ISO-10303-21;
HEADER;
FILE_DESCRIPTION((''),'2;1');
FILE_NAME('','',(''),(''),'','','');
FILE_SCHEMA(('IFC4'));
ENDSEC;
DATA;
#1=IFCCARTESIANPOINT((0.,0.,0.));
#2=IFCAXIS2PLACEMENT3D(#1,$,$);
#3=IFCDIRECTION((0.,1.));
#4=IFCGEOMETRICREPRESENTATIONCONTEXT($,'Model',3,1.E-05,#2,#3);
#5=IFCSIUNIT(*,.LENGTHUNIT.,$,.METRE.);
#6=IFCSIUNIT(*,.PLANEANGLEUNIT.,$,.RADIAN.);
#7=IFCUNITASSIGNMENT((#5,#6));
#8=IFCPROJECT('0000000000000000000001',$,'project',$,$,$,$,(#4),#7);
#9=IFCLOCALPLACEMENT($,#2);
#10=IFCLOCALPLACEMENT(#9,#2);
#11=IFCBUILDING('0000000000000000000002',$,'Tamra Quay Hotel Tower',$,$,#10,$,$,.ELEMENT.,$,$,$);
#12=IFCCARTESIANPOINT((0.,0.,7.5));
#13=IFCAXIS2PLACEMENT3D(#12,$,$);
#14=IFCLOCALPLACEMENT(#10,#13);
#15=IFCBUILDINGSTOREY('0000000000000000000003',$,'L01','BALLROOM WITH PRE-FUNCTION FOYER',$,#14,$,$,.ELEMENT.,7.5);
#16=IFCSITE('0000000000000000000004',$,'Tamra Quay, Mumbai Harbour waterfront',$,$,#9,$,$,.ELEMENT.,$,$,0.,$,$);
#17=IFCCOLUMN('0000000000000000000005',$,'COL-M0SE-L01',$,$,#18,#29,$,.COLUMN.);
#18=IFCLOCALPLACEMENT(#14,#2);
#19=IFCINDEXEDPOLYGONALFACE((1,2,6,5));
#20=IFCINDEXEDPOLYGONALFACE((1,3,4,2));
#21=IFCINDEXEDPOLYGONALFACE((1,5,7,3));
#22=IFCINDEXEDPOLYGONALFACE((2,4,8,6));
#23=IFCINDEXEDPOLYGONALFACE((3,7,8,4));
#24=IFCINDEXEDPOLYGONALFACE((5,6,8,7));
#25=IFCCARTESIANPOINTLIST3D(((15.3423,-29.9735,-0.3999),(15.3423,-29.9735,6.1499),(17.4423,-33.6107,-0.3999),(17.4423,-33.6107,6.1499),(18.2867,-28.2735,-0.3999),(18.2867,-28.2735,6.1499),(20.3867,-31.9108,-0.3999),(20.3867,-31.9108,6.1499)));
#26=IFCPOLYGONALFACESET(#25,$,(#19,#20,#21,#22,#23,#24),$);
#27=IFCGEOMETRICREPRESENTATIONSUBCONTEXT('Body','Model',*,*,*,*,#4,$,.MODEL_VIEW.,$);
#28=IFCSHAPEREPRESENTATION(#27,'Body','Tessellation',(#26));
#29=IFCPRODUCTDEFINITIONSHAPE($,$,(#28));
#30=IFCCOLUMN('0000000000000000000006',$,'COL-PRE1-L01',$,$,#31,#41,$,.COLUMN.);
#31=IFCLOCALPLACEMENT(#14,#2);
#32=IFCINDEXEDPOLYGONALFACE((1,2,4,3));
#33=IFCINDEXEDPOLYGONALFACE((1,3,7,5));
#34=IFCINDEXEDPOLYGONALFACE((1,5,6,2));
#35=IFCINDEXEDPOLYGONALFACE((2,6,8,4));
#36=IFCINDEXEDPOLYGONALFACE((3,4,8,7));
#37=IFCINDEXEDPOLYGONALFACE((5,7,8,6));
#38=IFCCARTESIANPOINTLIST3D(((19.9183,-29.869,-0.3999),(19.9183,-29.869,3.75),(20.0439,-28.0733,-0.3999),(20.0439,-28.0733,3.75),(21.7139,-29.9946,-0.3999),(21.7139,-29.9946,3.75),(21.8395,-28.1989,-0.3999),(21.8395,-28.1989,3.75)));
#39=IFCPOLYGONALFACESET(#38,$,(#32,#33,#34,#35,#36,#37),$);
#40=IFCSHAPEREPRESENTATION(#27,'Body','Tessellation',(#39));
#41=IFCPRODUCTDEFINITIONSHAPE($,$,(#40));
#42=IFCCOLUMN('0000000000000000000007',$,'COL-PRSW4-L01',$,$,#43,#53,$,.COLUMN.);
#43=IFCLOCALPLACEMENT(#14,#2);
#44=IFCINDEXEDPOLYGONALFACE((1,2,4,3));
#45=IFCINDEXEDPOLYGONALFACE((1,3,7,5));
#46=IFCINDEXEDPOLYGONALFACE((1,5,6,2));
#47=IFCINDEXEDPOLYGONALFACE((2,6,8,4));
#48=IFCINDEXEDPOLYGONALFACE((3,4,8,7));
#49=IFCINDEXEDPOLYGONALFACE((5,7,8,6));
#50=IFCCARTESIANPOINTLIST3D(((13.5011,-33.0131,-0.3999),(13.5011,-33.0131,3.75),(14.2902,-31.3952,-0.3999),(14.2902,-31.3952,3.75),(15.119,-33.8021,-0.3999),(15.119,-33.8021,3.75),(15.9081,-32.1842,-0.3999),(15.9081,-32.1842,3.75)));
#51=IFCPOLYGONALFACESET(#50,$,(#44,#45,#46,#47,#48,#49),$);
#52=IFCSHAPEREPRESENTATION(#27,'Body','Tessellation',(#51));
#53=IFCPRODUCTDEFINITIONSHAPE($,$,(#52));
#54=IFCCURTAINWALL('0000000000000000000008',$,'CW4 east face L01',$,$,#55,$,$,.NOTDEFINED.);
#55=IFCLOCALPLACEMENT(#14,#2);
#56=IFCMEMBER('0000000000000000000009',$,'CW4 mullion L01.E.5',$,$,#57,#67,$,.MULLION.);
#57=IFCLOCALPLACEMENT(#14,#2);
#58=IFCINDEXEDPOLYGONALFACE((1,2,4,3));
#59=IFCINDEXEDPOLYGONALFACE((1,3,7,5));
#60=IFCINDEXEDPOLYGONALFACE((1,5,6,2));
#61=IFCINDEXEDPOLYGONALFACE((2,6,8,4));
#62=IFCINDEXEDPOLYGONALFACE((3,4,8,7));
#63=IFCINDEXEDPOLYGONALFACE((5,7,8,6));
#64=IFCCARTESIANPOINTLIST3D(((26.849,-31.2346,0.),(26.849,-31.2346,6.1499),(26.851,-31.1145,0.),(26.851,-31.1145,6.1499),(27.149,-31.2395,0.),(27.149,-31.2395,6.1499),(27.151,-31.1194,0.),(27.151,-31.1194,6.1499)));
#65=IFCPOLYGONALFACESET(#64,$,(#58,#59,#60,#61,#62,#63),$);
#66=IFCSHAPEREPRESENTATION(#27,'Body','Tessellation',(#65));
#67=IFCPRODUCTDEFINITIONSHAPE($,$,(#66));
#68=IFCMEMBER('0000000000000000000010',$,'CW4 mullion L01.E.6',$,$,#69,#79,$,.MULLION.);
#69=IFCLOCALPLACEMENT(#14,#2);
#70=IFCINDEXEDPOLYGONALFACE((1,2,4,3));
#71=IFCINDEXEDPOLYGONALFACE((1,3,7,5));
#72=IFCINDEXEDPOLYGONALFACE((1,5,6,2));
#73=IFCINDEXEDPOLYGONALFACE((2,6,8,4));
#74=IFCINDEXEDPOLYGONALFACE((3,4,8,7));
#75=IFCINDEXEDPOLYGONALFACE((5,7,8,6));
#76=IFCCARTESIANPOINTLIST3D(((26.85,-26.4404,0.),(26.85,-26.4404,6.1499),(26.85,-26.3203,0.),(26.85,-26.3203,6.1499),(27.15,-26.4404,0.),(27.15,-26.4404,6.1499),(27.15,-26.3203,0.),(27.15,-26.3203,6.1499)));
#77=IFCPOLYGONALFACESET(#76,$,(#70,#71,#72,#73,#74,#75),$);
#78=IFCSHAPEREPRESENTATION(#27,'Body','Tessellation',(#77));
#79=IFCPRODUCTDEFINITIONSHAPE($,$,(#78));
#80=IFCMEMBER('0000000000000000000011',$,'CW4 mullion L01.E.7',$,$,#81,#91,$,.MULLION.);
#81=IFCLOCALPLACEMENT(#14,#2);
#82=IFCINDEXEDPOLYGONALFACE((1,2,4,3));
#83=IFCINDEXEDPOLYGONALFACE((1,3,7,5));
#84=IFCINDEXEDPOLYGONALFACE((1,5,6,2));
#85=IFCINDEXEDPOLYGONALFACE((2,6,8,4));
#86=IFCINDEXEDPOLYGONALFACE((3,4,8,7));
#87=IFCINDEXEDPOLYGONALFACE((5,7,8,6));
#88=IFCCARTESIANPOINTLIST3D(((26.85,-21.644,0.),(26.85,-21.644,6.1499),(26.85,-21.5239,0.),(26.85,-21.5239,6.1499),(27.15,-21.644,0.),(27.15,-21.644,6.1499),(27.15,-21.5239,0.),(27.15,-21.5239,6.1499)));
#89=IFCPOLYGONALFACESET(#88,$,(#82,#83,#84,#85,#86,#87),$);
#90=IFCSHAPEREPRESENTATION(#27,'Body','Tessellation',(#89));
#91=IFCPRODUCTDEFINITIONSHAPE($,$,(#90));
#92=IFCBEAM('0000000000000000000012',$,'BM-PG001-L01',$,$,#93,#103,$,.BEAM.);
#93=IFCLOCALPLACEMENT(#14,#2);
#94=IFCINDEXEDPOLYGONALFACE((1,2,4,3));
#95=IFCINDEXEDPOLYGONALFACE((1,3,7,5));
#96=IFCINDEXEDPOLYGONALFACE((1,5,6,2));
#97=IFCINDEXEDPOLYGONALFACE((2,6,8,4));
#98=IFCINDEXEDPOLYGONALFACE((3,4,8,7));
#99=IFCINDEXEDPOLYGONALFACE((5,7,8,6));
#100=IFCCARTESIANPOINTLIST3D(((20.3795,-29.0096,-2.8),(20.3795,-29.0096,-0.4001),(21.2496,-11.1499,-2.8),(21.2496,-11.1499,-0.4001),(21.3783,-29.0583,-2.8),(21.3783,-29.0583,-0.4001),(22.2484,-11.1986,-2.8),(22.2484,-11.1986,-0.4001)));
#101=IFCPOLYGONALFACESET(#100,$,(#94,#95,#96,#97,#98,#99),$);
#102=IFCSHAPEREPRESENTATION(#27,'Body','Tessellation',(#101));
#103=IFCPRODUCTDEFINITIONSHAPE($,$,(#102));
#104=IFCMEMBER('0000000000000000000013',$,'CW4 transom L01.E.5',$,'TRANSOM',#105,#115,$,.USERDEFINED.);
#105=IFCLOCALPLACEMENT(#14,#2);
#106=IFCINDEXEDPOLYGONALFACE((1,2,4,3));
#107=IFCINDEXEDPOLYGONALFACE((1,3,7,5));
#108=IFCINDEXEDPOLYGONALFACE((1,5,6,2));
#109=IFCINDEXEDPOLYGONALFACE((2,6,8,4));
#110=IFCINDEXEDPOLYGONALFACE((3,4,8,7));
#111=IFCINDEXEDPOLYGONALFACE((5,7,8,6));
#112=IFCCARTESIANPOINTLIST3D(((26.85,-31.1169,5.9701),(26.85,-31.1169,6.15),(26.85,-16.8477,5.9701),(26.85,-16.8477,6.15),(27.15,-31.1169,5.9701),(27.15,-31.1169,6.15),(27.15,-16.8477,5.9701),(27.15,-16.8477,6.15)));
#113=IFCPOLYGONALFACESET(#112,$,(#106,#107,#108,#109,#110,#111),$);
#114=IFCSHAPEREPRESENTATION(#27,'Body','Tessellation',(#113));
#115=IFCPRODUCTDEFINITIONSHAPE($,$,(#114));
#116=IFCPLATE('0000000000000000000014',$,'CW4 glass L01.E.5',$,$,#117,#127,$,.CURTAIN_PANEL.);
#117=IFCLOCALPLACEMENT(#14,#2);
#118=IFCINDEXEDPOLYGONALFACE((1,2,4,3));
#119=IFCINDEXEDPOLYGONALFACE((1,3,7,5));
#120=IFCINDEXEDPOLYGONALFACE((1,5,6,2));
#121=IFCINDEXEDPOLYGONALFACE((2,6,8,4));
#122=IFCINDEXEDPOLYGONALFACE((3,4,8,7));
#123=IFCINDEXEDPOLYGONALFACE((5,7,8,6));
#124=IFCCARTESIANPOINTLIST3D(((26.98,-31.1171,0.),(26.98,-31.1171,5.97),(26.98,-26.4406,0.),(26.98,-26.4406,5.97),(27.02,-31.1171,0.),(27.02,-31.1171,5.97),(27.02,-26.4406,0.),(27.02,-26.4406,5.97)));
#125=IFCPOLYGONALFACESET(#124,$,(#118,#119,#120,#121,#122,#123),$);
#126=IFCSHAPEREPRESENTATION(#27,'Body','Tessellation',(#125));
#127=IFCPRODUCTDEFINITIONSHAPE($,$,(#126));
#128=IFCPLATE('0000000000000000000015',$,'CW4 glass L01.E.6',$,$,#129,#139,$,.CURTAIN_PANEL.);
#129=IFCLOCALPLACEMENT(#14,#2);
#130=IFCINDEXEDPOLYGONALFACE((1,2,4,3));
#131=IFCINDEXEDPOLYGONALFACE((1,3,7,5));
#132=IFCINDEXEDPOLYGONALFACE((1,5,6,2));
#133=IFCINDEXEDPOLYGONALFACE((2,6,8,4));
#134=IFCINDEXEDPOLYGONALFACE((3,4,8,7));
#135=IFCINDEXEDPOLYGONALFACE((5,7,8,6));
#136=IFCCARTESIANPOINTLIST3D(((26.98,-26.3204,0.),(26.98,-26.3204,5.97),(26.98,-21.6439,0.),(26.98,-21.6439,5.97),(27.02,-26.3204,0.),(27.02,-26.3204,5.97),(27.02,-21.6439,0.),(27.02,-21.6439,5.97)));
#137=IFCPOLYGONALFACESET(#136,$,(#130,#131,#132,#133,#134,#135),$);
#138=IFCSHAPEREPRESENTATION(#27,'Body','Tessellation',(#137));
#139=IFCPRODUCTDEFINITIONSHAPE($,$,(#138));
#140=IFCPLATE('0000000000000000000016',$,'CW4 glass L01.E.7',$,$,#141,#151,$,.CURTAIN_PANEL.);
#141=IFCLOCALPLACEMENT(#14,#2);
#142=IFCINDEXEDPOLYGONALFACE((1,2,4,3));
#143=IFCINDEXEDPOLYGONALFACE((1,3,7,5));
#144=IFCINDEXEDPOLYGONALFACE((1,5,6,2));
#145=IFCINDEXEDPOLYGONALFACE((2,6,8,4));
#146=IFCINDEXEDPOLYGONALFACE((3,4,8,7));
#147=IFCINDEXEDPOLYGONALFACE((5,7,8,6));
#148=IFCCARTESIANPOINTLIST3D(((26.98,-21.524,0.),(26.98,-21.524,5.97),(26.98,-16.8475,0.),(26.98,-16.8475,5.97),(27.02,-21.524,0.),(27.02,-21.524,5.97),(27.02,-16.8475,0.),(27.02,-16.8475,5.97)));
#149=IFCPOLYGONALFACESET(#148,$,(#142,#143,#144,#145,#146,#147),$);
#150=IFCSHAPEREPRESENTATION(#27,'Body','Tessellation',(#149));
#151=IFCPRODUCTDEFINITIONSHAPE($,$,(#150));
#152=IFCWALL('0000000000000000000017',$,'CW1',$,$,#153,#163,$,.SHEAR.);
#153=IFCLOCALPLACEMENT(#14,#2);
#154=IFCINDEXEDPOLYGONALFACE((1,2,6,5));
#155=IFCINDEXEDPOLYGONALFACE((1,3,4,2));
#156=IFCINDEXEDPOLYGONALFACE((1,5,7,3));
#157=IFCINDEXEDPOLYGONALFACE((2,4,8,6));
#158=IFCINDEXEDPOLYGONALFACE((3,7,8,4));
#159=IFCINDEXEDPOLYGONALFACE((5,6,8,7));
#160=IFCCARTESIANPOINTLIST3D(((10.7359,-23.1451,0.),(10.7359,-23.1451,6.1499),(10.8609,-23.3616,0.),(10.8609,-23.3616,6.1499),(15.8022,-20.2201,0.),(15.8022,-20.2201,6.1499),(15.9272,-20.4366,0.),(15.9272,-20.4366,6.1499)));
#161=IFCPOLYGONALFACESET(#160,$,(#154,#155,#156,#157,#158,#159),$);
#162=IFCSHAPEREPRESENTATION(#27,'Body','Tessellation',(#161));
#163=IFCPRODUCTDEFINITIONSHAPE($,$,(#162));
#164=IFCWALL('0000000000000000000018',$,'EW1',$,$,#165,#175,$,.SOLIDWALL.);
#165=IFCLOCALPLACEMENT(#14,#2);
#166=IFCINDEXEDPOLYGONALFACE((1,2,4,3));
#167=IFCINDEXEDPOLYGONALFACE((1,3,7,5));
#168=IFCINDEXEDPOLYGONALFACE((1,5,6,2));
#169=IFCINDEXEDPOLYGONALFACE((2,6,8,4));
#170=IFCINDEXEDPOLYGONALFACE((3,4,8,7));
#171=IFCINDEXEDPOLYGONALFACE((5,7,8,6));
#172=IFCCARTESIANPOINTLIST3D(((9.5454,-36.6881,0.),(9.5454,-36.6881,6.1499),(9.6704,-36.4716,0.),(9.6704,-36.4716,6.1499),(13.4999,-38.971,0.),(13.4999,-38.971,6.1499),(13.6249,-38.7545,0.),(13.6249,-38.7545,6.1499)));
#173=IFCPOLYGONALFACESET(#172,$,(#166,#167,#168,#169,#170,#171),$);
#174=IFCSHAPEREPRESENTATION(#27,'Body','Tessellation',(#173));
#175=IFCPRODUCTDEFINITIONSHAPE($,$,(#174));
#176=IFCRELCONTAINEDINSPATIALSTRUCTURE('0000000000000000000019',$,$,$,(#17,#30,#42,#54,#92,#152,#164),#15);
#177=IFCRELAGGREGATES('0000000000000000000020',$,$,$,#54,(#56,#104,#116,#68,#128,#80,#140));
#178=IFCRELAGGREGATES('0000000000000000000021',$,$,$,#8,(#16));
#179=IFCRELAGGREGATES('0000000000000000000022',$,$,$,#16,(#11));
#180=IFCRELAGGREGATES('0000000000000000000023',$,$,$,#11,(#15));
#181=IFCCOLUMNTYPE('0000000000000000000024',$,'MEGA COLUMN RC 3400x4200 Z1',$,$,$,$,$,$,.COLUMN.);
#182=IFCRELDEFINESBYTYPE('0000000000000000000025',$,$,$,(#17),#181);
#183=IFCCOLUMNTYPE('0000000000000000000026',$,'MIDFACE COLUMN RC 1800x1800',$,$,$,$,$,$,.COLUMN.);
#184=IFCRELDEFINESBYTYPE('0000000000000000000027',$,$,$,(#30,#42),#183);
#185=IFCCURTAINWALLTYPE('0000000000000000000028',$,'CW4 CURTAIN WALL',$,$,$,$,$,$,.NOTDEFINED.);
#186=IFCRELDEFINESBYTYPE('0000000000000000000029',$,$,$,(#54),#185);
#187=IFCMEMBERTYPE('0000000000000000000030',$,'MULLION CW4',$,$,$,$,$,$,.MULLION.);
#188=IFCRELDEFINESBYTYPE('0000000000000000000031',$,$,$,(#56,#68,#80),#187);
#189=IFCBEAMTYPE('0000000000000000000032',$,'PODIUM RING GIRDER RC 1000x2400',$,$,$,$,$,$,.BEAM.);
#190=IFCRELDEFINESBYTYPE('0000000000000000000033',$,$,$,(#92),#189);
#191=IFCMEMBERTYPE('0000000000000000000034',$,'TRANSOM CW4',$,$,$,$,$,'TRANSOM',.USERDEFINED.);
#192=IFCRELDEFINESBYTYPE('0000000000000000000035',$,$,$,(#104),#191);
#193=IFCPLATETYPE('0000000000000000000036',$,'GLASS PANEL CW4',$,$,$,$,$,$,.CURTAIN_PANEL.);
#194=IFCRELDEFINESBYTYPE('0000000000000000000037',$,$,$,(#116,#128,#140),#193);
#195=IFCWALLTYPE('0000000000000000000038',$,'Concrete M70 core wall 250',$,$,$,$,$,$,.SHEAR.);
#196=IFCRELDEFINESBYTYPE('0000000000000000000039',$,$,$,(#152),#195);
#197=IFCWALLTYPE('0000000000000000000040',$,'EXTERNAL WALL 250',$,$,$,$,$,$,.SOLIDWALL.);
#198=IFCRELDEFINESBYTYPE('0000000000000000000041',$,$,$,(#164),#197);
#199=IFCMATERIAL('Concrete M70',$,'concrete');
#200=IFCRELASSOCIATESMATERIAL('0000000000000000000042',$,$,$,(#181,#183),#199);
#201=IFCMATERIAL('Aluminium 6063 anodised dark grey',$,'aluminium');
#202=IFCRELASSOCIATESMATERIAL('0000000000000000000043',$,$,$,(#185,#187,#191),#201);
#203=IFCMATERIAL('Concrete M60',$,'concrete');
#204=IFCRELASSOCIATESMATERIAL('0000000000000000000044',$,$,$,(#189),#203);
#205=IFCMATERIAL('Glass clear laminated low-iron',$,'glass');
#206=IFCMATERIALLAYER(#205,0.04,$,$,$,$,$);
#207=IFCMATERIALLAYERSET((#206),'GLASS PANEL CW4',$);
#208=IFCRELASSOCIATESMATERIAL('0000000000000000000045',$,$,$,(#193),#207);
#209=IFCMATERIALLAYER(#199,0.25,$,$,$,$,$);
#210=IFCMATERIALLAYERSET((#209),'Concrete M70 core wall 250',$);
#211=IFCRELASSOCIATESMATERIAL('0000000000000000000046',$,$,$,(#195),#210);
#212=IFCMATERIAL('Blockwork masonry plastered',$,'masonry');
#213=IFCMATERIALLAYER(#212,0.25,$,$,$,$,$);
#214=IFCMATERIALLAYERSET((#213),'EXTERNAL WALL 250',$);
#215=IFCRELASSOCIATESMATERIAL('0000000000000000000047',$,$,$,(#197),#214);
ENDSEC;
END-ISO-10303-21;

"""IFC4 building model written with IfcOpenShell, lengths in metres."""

from ifc_helpers import new_model, si_unit, direction, frame, frame_2d, origin, origin_2d, place, context, subcontext, project, spatial, rectangle, extrude, material, layer, layer_set, material_profile, profile_set, type_object, element, aggregate, save


model = new_model("IFC4")

# Units and contexts
model_context = context("Model", 3, precision=1e-05, world=origin(), true_north=direction((0.0, 1.0)))
body_context = subcontext(model_context, "Body", "Model", "MODEL_VIEW")
ifc_project = project(units=[si_unit("LENGTHUNIT", "METRE"), si_unit("PLANEANGLEUNIT", "RADIAN")], contexts=[model_context])

# Site, building, storey
site_placement = place(None, origin())
site = spatial("IfcSite", under=ifc_project, at=site_placement, Name="Tamra Quay, Mumbai Harbour waterfront", CompositionType="ELEMENT", RefElevation=0.0)
building_placement = place(site_placement, origin())
building = spatial("IfcBuilding", under=site, at=building_placement, Name="Tamra Quay Hotel Tower", CompositionType="ELEMENT")
storey_placement = place(building_placement, frame((0.0, 0.0, 7.5)))
storey = spatial("IfcBuildingStorey", under=building, at=storey_placement, Name="L01", Description="BALLROOM WITH PRE-FUNCTION FOYER", CompositionType="ELEMENT", Elevation=7.5)

# Columns
ifc_material_1 = material(Name="Concrete M70", Category="concrete")
ifc_material_profile_1 = material_profile(ifc_material_1, rectangle(XDim=4.2, YDim=3.3999, at=origin_2d()), Name="MEGA COLUMN RC 3400x4200 Z1")
ifc_profile_set_1 = profile_set([ifc_material_profile_1], Name="Concrete M70")
column_type_1 = type_object("IfcColumnType", Name="MEGA COLUMN RC 3400x4200 Z1", PredefinedType="COLUMN", material=ifc_profile_set_1)
column_placement = place(storey_placement, frame((17.8645, -30.9421, -0.3999), z_axis=(0.0, 0.0, 1.0), x_axis=(-0.5, 0.866025, 0.0)))
element("IfcColumn", 1, at=column_placement, inside=storey, type_object=column_type_1, Name="COL-M0SE-L01", PredefinedType="COLUMN", context=body_context, shape_type="SweptSolid", body=[
    extrude(rectangle(XDim=4.2, YDim=3.3999, at=origin_2d()), origin(), (0.0, 0.0, 1.0), 6.5498),
])
ifc_material_profile_2 = material_profile(ifc_material_1, rectangle(XDim=1.8, YDim=1.8, at=origin_2d()), Name="MIDFACE COLUMN RC 1800x1800")
ifc_profile_set_2 = profile_set([ifc_material_profile_2], Name="Concrete M70")
column_type_2 = type_object("IfcColumnType", Name="MIDFACE COLUMN RC 1800x1800", PredefinedType="COLUMN", material=ifc_profile_set_2)
for number, where, z_axis, x_axis, name in (
    (2, (20.8789, -29.0339, -0.3999), (0.0, 0.0, 1.0), (-0.997562, 0.06979, 0.0), "COL-PRE1-L01"),
    (3, (14.7046, -32.5986, -0.3999), (0.0, 0.0, 1.0), (0.438341, 0.898809, 0.0), "COL-PRSW4-L01"),
):
    element("IfcColumn", number, at=place(storey_placement, frame(where, z_axis=z_axis, x_axis=x_axis)), inside=storey, type_object=column_type_2, Name=name, PredefinedType="COLUMN", context=body_context, shape_type="SweptSolid", body=[
        extrude(rectangle(XDim=1.8, YDim=1.8, at=origin_2d()), origin(), (0.0, 0.0, 1.0), 4.1499),
    ])

# Curtain wall, members
ifc_material_2 = material(Name="Aluminium 6063 anodised dark grey", Category="aluminium")
curtain_wall_type = type_object("IfcCurtainWallType", Name="CW4 CURTAIN WALL", PredefinedType="NOTDEFINED", material=ifc_material_2)
curtain_wall_placement = place(storey_placement, origin())
curtain_wall = element("IfcCurtainWall", 4, at=curtain_wall_placement, inside=storey, type_object=curtain_wall_type, Name="CW4 east face L01", PredefinedType="NOTDEFINED")
ifc_material_profile_3 = material_profile(ifc_material_2, rectangle(XDim=0.3, YDim=0.1201, at=origin_2d()), Name="MULLION 120X300")
ifc_profile_set_3 = profile_set([ifc_material_profile_3], Name="Aluminium 6063 anodised dark grey")
member_type_1 = type_object("IfcMemberType", Name="MULLION CW4", PredefinedType="MULLION", material=ifc_profile_set_3)
member_1_placement = place(storey_placement, frame((27.0, -31.177, 0.0), z_axis=(0.0, 0.0, 1.0), x_axis=(0.999866, -0.016362, 0.0)))
member_1 = element("IfcMember", 5, at=member_1_placement, type_object=member_type_1, Name="CW4 mullion L01.E.5", PredefinedType="MULLION", context=body_context, shape_type="SweptSolid", body=[
    extrude(rectangle(XDim=0.3, YDim=0.1201, at=origin_2d()), origin(), (0.0, 0.0, 1.0), 6.1499),
])
member_2_placement = place(storey_placement, frame((27.0, -26.3804, 0.0), z_axis=(0.0, 0.0, 1.0), x_axis=(1.0, 0.0, 0.0)))
member_2 = element("IfcMember", 6, at=member_2_placement, type_object=member_type_1, Name="CW4 mullion L01.E.6", PredefinedType="MULLION", context=body_context, shape_type="SweptSolid", body=[
    extrude(rectangle(XDim=0.3, YDim=0.1201, at=origin_2d()), origin(), (0.0, 0.0, 1.0), 6.1499),
])
member_3_placement = place(storey_placement, frame((27.0, -21.584, 0.0), z_axis=(0.0, 0.0, 1.0), x_axis=(1.0, 0.0, 0.0)))
member_3 = element("IfcMember", 7, at=member_3_placement, type_object=member_type_1, Name="CW4 mullion L01.E.7", PredefinedType="MULLION", context=body_context, shape_type="SweptSolid", body=[
    extrude(rectangle(XDim=0.3, YDim=0.1201, at=origin_2d()), origin(), (0.0, 0.0, 1.0), 6.1499),
])

# Beam
ifc_material_3 = material(Name="Concrete M60", Category="concrete")
ifc_material_profile_4 = material_profile(ifc_material_3, rectangle(XDim=1.0, YDim=2.3999, at=origin_2d()), Name="PODIUM RING GIRDER RC 1000x2400")
ifc_profile_set_4 = profile_set([ifc_material_profile_4], Name="Concrete M60")
beam_type = type_object("IfcBeamType", Name="PODIUM RING GIRDER RC 1000x2400", PredefinedType="BEAM", material=ifc_profile_set_4)
beam_placement = place(storey_placement, frame((20.8789, -29.0339, -1.6001), z_axis=(0.048662, 0.998815, 0.0), x_axis=(-0.998815, 0.048662, 0.0)))
element("IfcBeam", 8, at=beam_placement, inside=storey, type_object=beam_type, Name="BM-PG001-L01", PredefinedType="BEAM", context=body_context, shape_type="SweptSolid", body=[
    extrude(rectangle(XDim=1.0, YDim=2.3999, at=origin_2d()), origin(), (0.0, 0.0, 1.0), 17.8809),
])

# Member
ifc_material_profile_5 = material_profile(ifc_material_2, rectangle(XDim=0.3, YDim=0.1799, at=origin_2d()), Name="TRANSOM 300X180")
ifc_profile_set_5 = profile_set([ifc_material_profile_5], Name="Aluminium 6063 anodised dark grey")
member_type_2 = type_object("IfcMemberType", Name="TRANSOM CW4", ElementType="TRANSOM", PredefinedType="USERDEFINED", material=ifc_profile_set_5)
member_4_placement = place(storey_placement, frame((27.0, -31.1169, 6.0601), z_axis=(0.0, 1.0, 0.0), x_axis=(-1.0, 0.0, 0.0)))
member_4 = element("IfcMember", 9, at=member_4_placement, type_object=member_type_2, Name="CW4 transom L01.E.5", ObjectType="TRANSOM", PredefinedType="USERDEFINED", context=body_context, shape_type="SweptSolid", body=[
    extrude(rectangle(XDim=0.3, YDim=0.1799, at=origin_2d()), origin(), (0.0, 0.0, 1.0), 14.2693),
])

# Plates
ifc_material_4 = material(Name="Glass clear laminated low-iron", Category="glass")
ifc_layer_1 = layer(ifc_material_4, 0.04)
ifc_layer_set_1 = layer_set([ifc_layer_1], Name="GLASS PANEL CW4")
plate_type = type_object("IfcPlateType", Name="GLASS PANEL CW4", PredefinedType="CURTAIN_PANEL", material=ifc_layer_set_1)
plate_1_placement = place(storey_placement, frame((27.0, -28.7788, 0.0), z_axis=(0.0, 0.0, 1.0), x_axis=(0.0, 1.0, 0.0)))
plate_1 = element("IfcPlate", 10, at=plate_1_placement, type_object=plate_type, Name="CW4 glass L01.E.5", PredefinedType="CURTAIN_PANEL", context=body_context, shape_type="SweptSolid", body=[
    extrude(rectangle(XDim=4.6765, YDim=0.04, at=origin_2d()), origin(), (0.0, 0.0, 1.0), 5.97),
])
plate_2_placement = place(storey_placement, frame((27.0, -23.9822, 0.0), z_axis=(0.0, 0.0, 1.0), x_axis=(0.0, 1.0, 0.0)))
plate_2 = element("IfcPlate", 11, at=plate_2_placement, type_object=plate_type, Name="CW4 glass L01.E.6", PredefinedType="CURTAIN_PANEL", context=body_context, shape_type="SweptSolid", body=[
    extrude(rectangle(XDim=4.6765, YDim=0.04, at=origin_2d()), origin(), (0.0, 0.0, 1.0), 5.97),
])
plate_3_placement = place(storey_placement, frame((27.0, -19.1858, 0.0), z_axis=(0.0, 0.0, 1.0), x_axis=(0.0, 1.0, 0.0)))
plate_3 = element("IfcPlate", 12, at=plate_3_placement, type_object=plate_type, Name="CW4 glass L01.E.7", PredefinedType="CURTAIN_PANEL", context=body_context, shape_type="SweptSolid", body=[
    extrude(rectangle(XDim=4.6765, YDim=0.04, at=origin_2d()), origin(), (0.0, 0.0, 1.0), 5.97),
])
aggregate(curtain_wall, [member_1, member_4, plate_1, member_2, plate_2, member_3, plate_3])

# Walls
ifc_layer_2 = layer(ifc_material_1, 0.25)
ifc_layer_set_2 = layer_set([ifc_layer_2], Name="Concrete M70 core wall 250")
wall_type_1 = type_object("IfcWallType", Name="Concrete M70 core wall 250", PredefinedType="SHEAR", material=ifc_layer_set_2)
wall_1_placement = place(storey_placement, frame((15.8647, -20.3284, 0.0), z_axis=(0.0, 0.0, 1.0), x_axis=(-0.866029, -0.499995, 0.0)))
element("IfcWall", 13, at=wall_1_placement, inside=storey, type_object=wall_type_1, Name="CW1", PredefinedType="SHEAR", context=body_context, shape_type="SweptSolid", body=[
    extrude(rectangle(XDim=5.8501, YDim=0.25, at=frame_2d((2.925, 0.0))), origin(), (0.0, 0.0, 1.0), 6.1499),
])
ifc_material_5 = material(Name="Blockwork masonry plastered", Category="masonry")
ifc_layer_3 = layer(ifc_material_5, 0.25)
ifc_layer_set_3 = layer_set([ifc_layer_3], Name="EXTERNAL WALL 250")
wall_type_2 = type_object("IfcWallType", Name="EXTERNAL WALL 250", PredefinedType="SOLIDWALL", material=ifc_layer_set_3)
wall_2_placement = place(storey_placement, frame((13.5625, -38.8628, 0.0), z_axis=(0.0, 0.0, 1.0), x_axis=(-0.866047, 0.499963, 0.0)))
element("IfcWall", 14, at=wall_2_placement, inside=storey, type_object=wall_type_2, Name="EW1", PredefinedType="SOLIDWALL", context=body_context, shape_type="SweptSolid", body=[
    extrude(rectangle(XDim=4.5662, YDim=0.25, at=frame_2d((2.2832, 0.0))), origin(), (0.0, 0.0, 1.0), 6.1499),
])

save(model, "model.ifc")
